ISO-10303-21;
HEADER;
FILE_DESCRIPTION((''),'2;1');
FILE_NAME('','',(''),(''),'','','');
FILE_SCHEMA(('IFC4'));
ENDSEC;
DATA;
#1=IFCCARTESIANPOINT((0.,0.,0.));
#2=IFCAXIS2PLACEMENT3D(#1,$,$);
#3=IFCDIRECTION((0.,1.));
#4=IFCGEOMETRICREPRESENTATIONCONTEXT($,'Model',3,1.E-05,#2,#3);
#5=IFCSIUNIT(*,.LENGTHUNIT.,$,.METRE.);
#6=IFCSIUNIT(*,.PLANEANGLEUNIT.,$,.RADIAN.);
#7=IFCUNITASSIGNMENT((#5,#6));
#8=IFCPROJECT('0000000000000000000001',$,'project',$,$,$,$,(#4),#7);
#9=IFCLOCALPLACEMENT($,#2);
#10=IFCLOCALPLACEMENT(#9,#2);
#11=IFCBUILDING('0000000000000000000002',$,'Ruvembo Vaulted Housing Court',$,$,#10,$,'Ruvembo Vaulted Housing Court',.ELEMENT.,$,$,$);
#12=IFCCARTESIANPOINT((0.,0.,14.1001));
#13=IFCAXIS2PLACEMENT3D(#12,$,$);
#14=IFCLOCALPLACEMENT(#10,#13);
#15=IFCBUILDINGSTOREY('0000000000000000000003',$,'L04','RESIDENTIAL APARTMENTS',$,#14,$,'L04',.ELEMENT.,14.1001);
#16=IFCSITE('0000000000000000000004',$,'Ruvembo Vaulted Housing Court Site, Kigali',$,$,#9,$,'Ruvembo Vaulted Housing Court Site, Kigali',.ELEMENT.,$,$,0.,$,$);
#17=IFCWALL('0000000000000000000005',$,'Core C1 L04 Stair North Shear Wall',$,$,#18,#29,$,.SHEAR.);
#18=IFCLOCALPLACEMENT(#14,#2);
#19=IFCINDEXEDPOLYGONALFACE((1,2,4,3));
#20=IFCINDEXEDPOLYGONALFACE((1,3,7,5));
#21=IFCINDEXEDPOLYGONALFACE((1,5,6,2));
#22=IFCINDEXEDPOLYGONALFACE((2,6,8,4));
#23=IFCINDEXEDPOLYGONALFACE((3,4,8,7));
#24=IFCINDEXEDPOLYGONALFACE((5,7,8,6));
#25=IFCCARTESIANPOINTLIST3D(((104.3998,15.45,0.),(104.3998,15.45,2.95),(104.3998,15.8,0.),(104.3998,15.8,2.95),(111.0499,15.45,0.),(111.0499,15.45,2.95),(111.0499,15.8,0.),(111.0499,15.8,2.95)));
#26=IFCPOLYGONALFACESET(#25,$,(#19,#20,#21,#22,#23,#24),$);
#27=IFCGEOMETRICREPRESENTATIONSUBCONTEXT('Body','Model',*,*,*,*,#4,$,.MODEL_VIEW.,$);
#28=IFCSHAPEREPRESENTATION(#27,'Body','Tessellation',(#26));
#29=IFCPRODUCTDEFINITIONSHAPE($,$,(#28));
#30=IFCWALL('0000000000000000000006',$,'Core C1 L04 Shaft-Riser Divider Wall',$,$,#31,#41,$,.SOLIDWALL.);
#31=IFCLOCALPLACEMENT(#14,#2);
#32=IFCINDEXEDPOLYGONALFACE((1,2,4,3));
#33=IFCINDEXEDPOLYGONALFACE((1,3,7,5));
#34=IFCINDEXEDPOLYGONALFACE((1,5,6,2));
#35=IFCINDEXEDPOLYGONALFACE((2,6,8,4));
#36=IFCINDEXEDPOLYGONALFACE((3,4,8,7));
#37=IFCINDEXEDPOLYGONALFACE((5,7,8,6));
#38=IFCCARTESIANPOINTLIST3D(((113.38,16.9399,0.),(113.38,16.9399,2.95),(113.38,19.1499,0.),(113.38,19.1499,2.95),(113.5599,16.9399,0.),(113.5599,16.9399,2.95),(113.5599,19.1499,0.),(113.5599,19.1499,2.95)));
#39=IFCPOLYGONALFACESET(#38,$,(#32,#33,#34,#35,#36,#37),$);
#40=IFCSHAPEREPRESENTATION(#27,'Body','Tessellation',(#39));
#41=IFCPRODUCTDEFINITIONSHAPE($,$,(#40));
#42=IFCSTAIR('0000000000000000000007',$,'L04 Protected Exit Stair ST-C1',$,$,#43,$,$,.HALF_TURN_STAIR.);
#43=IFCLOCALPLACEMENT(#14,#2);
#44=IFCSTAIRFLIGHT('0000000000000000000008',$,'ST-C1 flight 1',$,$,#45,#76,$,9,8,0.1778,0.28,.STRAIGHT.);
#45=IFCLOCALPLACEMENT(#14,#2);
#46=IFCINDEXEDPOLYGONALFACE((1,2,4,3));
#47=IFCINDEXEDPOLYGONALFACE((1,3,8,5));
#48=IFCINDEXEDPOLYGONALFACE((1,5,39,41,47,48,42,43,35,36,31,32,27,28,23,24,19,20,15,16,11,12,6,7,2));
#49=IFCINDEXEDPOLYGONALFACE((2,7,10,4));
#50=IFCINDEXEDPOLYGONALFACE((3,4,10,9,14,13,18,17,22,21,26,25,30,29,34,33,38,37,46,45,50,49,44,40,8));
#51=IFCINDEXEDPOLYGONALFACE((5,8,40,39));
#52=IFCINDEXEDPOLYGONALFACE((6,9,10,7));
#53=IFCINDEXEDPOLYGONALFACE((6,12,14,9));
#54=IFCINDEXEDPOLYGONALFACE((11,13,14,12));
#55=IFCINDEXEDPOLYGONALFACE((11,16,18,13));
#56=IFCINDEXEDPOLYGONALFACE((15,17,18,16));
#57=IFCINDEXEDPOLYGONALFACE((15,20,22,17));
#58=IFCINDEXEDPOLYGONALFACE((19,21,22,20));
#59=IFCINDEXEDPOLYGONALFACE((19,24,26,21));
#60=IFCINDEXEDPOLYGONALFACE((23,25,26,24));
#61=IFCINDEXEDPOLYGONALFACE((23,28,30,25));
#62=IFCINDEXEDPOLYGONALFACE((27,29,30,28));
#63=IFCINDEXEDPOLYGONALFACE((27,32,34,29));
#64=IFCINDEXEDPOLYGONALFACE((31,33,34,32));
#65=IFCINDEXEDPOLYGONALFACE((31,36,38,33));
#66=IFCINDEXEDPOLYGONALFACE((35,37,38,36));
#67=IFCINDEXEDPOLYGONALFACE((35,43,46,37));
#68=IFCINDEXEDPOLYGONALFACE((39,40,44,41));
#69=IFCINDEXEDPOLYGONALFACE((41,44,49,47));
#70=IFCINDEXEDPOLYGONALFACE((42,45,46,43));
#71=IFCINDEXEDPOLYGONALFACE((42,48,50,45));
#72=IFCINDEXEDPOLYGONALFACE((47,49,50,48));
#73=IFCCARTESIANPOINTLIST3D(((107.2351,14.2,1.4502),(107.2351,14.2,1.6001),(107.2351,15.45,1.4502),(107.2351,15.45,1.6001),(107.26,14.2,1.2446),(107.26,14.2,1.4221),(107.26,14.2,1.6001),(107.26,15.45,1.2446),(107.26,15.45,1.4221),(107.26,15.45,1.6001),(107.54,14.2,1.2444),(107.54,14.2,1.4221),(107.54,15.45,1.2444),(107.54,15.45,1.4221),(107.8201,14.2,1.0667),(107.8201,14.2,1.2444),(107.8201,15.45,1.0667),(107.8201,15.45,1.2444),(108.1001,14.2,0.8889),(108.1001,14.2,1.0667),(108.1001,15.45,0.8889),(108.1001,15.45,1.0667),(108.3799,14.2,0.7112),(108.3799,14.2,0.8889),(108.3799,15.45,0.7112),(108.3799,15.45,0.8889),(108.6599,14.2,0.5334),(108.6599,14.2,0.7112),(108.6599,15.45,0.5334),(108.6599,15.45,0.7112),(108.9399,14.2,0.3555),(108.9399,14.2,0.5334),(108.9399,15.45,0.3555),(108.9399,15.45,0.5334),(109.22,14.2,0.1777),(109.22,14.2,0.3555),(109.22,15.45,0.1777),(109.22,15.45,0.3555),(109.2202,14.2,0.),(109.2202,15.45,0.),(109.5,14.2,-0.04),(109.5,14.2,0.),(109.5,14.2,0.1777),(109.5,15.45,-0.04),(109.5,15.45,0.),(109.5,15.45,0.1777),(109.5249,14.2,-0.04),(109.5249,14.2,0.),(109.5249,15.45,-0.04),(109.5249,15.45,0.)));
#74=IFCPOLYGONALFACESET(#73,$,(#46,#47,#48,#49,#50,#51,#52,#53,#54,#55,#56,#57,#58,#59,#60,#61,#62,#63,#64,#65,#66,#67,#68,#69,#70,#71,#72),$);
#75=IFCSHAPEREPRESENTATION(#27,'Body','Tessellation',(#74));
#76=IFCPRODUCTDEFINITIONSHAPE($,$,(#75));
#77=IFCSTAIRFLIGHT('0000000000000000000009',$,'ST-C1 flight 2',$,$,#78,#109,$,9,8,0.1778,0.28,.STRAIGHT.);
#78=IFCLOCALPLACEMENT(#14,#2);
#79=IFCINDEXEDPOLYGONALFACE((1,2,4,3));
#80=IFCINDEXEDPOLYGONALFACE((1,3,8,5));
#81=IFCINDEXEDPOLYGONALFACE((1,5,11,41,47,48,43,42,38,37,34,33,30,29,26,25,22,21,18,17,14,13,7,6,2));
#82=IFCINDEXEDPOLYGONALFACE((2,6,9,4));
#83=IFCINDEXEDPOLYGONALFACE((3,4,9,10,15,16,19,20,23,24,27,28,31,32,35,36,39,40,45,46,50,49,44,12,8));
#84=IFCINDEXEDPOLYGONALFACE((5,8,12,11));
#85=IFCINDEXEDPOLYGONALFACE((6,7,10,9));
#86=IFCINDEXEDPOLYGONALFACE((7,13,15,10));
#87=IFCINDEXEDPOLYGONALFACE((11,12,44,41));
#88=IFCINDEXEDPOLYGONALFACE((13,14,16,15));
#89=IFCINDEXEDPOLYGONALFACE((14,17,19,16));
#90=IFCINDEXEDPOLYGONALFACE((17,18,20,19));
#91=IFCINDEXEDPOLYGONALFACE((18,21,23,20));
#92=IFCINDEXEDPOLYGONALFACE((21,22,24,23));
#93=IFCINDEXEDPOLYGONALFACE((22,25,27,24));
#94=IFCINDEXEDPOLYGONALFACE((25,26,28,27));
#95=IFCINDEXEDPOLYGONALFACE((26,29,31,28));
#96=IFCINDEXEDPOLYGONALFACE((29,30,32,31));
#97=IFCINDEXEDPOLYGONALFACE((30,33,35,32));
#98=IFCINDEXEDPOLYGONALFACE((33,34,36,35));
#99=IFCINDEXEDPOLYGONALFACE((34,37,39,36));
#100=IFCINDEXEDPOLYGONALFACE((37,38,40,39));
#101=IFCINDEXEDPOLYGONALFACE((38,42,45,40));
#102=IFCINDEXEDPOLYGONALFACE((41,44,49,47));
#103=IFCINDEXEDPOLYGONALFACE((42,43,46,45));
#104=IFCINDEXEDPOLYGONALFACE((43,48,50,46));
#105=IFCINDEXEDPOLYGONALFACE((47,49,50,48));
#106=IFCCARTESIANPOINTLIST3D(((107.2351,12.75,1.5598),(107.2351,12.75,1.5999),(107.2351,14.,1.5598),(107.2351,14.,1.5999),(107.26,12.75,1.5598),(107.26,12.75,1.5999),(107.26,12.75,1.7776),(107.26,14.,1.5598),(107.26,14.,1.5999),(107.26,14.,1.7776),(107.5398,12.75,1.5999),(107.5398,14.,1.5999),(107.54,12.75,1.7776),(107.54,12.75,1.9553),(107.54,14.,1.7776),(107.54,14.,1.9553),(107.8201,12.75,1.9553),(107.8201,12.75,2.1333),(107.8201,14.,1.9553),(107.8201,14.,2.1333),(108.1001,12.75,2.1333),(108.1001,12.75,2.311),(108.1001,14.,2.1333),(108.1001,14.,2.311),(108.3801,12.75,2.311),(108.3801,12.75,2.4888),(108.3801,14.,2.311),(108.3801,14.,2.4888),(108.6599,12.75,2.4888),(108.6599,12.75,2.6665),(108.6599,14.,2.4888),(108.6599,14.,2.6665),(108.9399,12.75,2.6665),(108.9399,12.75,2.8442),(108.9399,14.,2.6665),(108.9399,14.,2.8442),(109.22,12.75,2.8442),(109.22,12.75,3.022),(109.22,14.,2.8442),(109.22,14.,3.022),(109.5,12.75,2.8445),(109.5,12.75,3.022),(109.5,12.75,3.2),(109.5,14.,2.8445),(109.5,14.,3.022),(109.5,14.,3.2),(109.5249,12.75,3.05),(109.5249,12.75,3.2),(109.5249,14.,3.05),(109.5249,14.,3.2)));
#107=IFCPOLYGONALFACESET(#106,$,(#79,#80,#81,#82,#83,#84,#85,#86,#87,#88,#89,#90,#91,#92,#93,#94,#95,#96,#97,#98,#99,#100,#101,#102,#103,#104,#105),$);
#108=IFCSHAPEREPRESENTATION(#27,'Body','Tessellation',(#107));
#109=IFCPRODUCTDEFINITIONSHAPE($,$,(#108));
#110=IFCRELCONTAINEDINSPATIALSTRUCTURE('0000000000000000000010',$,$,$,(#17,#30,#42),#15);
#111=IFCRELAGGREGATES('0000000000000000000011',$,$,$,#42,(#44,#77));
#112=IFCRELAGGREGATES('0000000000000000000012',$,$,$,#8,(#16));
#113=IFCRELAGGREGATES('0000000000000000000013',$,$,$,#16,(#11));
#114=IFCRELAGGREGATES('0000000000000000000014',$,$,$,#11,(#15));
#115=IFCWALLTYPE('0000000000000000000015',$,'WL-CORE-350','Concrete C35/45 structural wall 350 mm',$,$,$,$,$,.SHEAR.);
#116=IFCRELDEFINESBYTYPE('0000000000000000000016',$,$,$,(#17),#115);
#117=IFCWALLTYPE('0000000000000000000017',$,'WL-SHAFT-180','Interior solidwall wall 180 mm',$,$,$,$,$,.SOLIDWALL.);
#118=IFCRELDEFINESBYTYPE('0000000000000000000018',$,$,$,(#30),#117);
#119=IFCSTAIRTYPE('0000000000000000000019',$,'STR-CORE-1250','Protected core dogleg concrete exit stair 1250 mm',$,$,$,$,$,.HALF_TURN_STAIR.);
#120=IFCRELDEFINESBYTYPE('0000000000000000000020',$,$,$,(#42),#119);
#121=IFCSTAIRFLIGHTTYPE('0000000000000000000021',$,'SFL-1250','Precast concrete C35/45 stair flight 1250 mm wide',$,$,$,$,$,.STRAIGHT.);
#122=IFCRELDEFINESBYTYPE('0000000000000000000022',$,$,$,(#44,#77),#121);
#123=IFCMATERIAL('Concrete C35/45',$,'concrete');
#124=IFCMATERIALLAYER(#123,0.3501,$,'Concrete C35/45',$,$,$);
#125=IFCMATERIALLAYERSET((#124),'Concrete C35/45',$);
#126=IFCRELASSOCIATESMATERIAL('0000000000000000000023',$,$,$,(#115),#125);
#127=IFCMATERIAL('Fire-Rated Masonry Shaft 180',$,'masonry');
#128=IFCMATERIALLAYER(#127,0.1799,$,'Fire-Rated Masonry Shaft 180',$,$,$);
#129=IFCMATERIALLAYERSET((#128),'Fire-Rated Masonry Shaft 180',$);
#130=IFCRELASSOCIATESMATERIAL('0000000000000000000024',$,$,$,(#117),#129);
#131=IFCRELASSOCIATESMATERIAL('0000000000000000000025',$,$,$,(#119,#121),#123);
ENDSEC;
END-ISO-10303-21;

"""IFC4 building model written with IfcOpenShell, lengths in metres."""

from ifc_helpers import new_model, si_unit, direction, frame, frame_2d, origin, place, context, subcontext, project, spatial, polyline, rectangle, outline, extrude, material, layer, layer_set, type_object, element, aggregate, save


model = new_model("IFC4")

# Units and contexts
model_context = context("Model", 3, precision=1e-05, world=origin(), true_north=direction((0.0, 1.0)))
body_context = subcontext(model_context, "Body", "Model", "MODEL_VIEW")
ifc_project = project(units=[si_unit("LENGTHUNIT", "METRE"), si_unit("PLANEANGLEUNIT", "RADIAN")], contexts=[model_context])

# Site, building, storey
site_placement = place(None, origin())
site = spatial("IfcSite", under=ifc_project, at=site_placement, Name="Ruvembo Vaulted Housing Court Site, Kigali", LongName="Ruvembo Vaulted Housing Court Site, Kigali", CompositionType="ELEMENT", RefElevation=0.0)
building_placement = place(site_placement, origin())
building = spatial("IfcBuilding", under=site, at=building_placement, Name="Ruvembo Vaulted Housing Court", LongName="Ruvembo Vaulted Housing Court", CompositionType="ELEMENT")
storey_placement = place(building_placement, frame((0.0, 0.0, 14.1001)))
storey = spatial("IfcBuildingStorey", under=building, at=storey_placement, Name="L04", Description="RESIDENTIAL APARTMENTS", LongName="L04", CompositionType="ELEMENT", Elevation=14.1001)

# Shared definitions
ifc_material_1 = material(Name="Concrete C35/45", Category="concrete")

# Wall
ifc_layer_1 = layer(ifc_material_1, 0.3501, Name="Concrete C35/45")
ifc_layer_set_1 = layer_set([ifc_layer_1], Name="Concrete C35/45")
wall_type_1 = type_object("IfcWallType", Name="WL-CORE-350", Description="Concrete C35/45 structural wall 350 mm", PredefinedType="SHEAR", material=ifc_layer_set_1)
wall_1_placement = place(storey_placement, frame((111.05, 15.625, 0.0), z_axis=(0.0, 0.0, 1.0), x_axis=(-1.0, 0.0, 0.0)))
element("IfcWall", 1, at=wall_1_placement, inside=storey, type_object=wall_type_1, Name="Core C1 L04 Stair North Shear Wall", PredefinedType="SHEAR", context=body_context, shape_type="SweptSolid", body=[
    extrude(rectangle(XDim=6.6501, YDim=0.3501, at=frame_2d((3.3252, 0.0))), origin(), (0.0, 0.0, 1.0), 2.95),
])

# Shared definitions
ifc_material_2 = material(Name="Fire-Rated Masonry Shaft 180", Category="masonry")
ifc_layer_2 = layer(ifc_material_2, 0.1799, Name="Fire-Rated Masonry Shaft 180")
ifc_layer_set_2 = layer_set([ifc_layer_2], Name="Fire-Rated Masonry Shaft 180")
wall_type_2 = type_object("IfcWallType", Name="WL-SHAFT-180", Description="Interior solidwall wall 180 mm", PredefinedType="SOLIDWALL", material=ifc_layer_set_2)

# Wall
wall_2_placement = place(storey_placement, frame((113.47, 16.9399, 0.0), z_axis=(0.0, 0.0, 1.0), x_axis=(0.0, 1.0, 0.0)))
element("IfcWall", 2, at=wall_2_placement, inside=storey, type_object=wall_type_2, Name="Core C1 L04 Shaft-Riser Divider Wall", PredefinedType="SOLIDWALL", context=body_context, shape_type="SweptSolid", body=[
    extrude(rectangle(XDim=2.21, YDim=0.1799, at=frame_2d((1.105, 0.0))), origin(), (0.0, 0.0, 1.0), 2.95),
])

# Stair, stair flights
stair_type = type_object("IfcStairType", Name="STR-CORE-1250", Description="Protected core dogleg concrete exit stair 1250 mm", PredefinedType="HALF_TURN_STAIR", material=ifc_material_1)
stair_placement = place(storey_placement, origin())
stair = element("IfcStair", 3, at=stair_placement, inside=storey, type_object=stair_type, Name="L04 Protected Exit Stair ST-C1", PredefinedType="HALF_TURN_STAIR")
stair_flight_type = type_object("IfcStairFlightType", Name="SFL-1250", Description="Precast concrete C35/45 stair flight 1250 mm wide", PredefinedType="STRAIGHT", material=ifc_material_1)
stair_flight_1_placement = place(storey_placement, frame((109.5, 14.825, 0.0), z_axis=(0.0, 0.0, 1.0), x_axis=(-1.0, 0.0, 0.0)))
stair_flight_1 = element("IfcStairFlight", 4, at=stair_flight_1_placement, type_object=stair_flight_type, Name="ST-C1 flight 1", NumberOfRisers=9, NumberOfTreads=8, PredefinedType="STRAIGHT", RiserHeight=0.1778, TreadLength=0.28, context=body_context, shape_type="SweptSolid", body=[
    extrude(outline(polyline([(-0.0249, -0.04), (-0.0249, 0.0), (0.0, 0.0), (0.0, 0.1777), (0.28, 0.1777), (0.28, 0.3555), (0.5601, 0.3555), (0.5601, 0.5334), (0.8401, 0.5334), (0.8401, 0.7112), (1.1201, 0.7112), (1.1201, 0.8889), (1.3999, 0.8889), (1.3999, 1.0667), (1.6799, 1.0667), (1.6799, 1.2444), (1.96, 1.2444), (1.96, 1.4221), (2.24, 1.4221), (2.24, 1.6001), (2.2649, 1.6001), (2.2649, 1.4502), (2.24, 1.2446), (0.2798, 0.0), (0.0, -0.04), (-0.0249, -0.04)])), frame((0.0, 0.625, 0.0), z_axis=(0.0, -1.0, 0.0), x_axis=(1.0, 0.0, 0.0)), (0.0, 0.0, 1.0), 1.25),
])
stair_flight_2_placement = place(storey_placement, frame((107.26, 13.375, 1.5999), z_axis=(0.0, 0.0, 1.0), x_axis=(1.0, 0.0, 0.0)))
stair_flight_2 = element("IfcStairFlight", 5, at=stair_flight_2_placement, type_object=stair_flight_type, Name="ST-C1 flight 2", NumberOfRisers=9, NumberOfTreads=8, PredefinedType="STRAIGHT", RiserHeight=0.1778, TreadLength=0.28, context=body_context, shape_type="SweptSolid", body=[
    extrude(outline(polyline([(-0.0249, -0.04), (-0.0249, 0.0), (0.0, 0.0), (0.0, 0.1777), (0.28, 0.1777), (0.28, 0.3555), (0.5601, 0.3555), (0.5601, 0.5334), (0.8401, 0.5334), (0.8401, 0.7112), (1.1201, 0.7112), (1.1201, 0.8889), (1.3999, 0.8889), (1.3999, 1.0667), (1.6799, 1.0667), (1.6799, 1.2444), (1.96, 1.2444), (1.96, 1.4221), (2.24, 1.4221), (2.24, 1.6001), (2.2649, 1.6001), (2.2649, 1.4502), (2.24, 1.2446), (0.2798, 0.0), (0.0, -0.04), (-0.0249, -0.04)])), frame((0.0, 0.625, 0.0), z_axis=(0.0, -1.0, 0.0), x_axis=(1.0, 0.0, 0.0)), (0.0, 0.0, 1.0), 1.25),
])
aggregate(stair, [stair_flight_1, stair_flight_2])

save(model, "model.ifc")
